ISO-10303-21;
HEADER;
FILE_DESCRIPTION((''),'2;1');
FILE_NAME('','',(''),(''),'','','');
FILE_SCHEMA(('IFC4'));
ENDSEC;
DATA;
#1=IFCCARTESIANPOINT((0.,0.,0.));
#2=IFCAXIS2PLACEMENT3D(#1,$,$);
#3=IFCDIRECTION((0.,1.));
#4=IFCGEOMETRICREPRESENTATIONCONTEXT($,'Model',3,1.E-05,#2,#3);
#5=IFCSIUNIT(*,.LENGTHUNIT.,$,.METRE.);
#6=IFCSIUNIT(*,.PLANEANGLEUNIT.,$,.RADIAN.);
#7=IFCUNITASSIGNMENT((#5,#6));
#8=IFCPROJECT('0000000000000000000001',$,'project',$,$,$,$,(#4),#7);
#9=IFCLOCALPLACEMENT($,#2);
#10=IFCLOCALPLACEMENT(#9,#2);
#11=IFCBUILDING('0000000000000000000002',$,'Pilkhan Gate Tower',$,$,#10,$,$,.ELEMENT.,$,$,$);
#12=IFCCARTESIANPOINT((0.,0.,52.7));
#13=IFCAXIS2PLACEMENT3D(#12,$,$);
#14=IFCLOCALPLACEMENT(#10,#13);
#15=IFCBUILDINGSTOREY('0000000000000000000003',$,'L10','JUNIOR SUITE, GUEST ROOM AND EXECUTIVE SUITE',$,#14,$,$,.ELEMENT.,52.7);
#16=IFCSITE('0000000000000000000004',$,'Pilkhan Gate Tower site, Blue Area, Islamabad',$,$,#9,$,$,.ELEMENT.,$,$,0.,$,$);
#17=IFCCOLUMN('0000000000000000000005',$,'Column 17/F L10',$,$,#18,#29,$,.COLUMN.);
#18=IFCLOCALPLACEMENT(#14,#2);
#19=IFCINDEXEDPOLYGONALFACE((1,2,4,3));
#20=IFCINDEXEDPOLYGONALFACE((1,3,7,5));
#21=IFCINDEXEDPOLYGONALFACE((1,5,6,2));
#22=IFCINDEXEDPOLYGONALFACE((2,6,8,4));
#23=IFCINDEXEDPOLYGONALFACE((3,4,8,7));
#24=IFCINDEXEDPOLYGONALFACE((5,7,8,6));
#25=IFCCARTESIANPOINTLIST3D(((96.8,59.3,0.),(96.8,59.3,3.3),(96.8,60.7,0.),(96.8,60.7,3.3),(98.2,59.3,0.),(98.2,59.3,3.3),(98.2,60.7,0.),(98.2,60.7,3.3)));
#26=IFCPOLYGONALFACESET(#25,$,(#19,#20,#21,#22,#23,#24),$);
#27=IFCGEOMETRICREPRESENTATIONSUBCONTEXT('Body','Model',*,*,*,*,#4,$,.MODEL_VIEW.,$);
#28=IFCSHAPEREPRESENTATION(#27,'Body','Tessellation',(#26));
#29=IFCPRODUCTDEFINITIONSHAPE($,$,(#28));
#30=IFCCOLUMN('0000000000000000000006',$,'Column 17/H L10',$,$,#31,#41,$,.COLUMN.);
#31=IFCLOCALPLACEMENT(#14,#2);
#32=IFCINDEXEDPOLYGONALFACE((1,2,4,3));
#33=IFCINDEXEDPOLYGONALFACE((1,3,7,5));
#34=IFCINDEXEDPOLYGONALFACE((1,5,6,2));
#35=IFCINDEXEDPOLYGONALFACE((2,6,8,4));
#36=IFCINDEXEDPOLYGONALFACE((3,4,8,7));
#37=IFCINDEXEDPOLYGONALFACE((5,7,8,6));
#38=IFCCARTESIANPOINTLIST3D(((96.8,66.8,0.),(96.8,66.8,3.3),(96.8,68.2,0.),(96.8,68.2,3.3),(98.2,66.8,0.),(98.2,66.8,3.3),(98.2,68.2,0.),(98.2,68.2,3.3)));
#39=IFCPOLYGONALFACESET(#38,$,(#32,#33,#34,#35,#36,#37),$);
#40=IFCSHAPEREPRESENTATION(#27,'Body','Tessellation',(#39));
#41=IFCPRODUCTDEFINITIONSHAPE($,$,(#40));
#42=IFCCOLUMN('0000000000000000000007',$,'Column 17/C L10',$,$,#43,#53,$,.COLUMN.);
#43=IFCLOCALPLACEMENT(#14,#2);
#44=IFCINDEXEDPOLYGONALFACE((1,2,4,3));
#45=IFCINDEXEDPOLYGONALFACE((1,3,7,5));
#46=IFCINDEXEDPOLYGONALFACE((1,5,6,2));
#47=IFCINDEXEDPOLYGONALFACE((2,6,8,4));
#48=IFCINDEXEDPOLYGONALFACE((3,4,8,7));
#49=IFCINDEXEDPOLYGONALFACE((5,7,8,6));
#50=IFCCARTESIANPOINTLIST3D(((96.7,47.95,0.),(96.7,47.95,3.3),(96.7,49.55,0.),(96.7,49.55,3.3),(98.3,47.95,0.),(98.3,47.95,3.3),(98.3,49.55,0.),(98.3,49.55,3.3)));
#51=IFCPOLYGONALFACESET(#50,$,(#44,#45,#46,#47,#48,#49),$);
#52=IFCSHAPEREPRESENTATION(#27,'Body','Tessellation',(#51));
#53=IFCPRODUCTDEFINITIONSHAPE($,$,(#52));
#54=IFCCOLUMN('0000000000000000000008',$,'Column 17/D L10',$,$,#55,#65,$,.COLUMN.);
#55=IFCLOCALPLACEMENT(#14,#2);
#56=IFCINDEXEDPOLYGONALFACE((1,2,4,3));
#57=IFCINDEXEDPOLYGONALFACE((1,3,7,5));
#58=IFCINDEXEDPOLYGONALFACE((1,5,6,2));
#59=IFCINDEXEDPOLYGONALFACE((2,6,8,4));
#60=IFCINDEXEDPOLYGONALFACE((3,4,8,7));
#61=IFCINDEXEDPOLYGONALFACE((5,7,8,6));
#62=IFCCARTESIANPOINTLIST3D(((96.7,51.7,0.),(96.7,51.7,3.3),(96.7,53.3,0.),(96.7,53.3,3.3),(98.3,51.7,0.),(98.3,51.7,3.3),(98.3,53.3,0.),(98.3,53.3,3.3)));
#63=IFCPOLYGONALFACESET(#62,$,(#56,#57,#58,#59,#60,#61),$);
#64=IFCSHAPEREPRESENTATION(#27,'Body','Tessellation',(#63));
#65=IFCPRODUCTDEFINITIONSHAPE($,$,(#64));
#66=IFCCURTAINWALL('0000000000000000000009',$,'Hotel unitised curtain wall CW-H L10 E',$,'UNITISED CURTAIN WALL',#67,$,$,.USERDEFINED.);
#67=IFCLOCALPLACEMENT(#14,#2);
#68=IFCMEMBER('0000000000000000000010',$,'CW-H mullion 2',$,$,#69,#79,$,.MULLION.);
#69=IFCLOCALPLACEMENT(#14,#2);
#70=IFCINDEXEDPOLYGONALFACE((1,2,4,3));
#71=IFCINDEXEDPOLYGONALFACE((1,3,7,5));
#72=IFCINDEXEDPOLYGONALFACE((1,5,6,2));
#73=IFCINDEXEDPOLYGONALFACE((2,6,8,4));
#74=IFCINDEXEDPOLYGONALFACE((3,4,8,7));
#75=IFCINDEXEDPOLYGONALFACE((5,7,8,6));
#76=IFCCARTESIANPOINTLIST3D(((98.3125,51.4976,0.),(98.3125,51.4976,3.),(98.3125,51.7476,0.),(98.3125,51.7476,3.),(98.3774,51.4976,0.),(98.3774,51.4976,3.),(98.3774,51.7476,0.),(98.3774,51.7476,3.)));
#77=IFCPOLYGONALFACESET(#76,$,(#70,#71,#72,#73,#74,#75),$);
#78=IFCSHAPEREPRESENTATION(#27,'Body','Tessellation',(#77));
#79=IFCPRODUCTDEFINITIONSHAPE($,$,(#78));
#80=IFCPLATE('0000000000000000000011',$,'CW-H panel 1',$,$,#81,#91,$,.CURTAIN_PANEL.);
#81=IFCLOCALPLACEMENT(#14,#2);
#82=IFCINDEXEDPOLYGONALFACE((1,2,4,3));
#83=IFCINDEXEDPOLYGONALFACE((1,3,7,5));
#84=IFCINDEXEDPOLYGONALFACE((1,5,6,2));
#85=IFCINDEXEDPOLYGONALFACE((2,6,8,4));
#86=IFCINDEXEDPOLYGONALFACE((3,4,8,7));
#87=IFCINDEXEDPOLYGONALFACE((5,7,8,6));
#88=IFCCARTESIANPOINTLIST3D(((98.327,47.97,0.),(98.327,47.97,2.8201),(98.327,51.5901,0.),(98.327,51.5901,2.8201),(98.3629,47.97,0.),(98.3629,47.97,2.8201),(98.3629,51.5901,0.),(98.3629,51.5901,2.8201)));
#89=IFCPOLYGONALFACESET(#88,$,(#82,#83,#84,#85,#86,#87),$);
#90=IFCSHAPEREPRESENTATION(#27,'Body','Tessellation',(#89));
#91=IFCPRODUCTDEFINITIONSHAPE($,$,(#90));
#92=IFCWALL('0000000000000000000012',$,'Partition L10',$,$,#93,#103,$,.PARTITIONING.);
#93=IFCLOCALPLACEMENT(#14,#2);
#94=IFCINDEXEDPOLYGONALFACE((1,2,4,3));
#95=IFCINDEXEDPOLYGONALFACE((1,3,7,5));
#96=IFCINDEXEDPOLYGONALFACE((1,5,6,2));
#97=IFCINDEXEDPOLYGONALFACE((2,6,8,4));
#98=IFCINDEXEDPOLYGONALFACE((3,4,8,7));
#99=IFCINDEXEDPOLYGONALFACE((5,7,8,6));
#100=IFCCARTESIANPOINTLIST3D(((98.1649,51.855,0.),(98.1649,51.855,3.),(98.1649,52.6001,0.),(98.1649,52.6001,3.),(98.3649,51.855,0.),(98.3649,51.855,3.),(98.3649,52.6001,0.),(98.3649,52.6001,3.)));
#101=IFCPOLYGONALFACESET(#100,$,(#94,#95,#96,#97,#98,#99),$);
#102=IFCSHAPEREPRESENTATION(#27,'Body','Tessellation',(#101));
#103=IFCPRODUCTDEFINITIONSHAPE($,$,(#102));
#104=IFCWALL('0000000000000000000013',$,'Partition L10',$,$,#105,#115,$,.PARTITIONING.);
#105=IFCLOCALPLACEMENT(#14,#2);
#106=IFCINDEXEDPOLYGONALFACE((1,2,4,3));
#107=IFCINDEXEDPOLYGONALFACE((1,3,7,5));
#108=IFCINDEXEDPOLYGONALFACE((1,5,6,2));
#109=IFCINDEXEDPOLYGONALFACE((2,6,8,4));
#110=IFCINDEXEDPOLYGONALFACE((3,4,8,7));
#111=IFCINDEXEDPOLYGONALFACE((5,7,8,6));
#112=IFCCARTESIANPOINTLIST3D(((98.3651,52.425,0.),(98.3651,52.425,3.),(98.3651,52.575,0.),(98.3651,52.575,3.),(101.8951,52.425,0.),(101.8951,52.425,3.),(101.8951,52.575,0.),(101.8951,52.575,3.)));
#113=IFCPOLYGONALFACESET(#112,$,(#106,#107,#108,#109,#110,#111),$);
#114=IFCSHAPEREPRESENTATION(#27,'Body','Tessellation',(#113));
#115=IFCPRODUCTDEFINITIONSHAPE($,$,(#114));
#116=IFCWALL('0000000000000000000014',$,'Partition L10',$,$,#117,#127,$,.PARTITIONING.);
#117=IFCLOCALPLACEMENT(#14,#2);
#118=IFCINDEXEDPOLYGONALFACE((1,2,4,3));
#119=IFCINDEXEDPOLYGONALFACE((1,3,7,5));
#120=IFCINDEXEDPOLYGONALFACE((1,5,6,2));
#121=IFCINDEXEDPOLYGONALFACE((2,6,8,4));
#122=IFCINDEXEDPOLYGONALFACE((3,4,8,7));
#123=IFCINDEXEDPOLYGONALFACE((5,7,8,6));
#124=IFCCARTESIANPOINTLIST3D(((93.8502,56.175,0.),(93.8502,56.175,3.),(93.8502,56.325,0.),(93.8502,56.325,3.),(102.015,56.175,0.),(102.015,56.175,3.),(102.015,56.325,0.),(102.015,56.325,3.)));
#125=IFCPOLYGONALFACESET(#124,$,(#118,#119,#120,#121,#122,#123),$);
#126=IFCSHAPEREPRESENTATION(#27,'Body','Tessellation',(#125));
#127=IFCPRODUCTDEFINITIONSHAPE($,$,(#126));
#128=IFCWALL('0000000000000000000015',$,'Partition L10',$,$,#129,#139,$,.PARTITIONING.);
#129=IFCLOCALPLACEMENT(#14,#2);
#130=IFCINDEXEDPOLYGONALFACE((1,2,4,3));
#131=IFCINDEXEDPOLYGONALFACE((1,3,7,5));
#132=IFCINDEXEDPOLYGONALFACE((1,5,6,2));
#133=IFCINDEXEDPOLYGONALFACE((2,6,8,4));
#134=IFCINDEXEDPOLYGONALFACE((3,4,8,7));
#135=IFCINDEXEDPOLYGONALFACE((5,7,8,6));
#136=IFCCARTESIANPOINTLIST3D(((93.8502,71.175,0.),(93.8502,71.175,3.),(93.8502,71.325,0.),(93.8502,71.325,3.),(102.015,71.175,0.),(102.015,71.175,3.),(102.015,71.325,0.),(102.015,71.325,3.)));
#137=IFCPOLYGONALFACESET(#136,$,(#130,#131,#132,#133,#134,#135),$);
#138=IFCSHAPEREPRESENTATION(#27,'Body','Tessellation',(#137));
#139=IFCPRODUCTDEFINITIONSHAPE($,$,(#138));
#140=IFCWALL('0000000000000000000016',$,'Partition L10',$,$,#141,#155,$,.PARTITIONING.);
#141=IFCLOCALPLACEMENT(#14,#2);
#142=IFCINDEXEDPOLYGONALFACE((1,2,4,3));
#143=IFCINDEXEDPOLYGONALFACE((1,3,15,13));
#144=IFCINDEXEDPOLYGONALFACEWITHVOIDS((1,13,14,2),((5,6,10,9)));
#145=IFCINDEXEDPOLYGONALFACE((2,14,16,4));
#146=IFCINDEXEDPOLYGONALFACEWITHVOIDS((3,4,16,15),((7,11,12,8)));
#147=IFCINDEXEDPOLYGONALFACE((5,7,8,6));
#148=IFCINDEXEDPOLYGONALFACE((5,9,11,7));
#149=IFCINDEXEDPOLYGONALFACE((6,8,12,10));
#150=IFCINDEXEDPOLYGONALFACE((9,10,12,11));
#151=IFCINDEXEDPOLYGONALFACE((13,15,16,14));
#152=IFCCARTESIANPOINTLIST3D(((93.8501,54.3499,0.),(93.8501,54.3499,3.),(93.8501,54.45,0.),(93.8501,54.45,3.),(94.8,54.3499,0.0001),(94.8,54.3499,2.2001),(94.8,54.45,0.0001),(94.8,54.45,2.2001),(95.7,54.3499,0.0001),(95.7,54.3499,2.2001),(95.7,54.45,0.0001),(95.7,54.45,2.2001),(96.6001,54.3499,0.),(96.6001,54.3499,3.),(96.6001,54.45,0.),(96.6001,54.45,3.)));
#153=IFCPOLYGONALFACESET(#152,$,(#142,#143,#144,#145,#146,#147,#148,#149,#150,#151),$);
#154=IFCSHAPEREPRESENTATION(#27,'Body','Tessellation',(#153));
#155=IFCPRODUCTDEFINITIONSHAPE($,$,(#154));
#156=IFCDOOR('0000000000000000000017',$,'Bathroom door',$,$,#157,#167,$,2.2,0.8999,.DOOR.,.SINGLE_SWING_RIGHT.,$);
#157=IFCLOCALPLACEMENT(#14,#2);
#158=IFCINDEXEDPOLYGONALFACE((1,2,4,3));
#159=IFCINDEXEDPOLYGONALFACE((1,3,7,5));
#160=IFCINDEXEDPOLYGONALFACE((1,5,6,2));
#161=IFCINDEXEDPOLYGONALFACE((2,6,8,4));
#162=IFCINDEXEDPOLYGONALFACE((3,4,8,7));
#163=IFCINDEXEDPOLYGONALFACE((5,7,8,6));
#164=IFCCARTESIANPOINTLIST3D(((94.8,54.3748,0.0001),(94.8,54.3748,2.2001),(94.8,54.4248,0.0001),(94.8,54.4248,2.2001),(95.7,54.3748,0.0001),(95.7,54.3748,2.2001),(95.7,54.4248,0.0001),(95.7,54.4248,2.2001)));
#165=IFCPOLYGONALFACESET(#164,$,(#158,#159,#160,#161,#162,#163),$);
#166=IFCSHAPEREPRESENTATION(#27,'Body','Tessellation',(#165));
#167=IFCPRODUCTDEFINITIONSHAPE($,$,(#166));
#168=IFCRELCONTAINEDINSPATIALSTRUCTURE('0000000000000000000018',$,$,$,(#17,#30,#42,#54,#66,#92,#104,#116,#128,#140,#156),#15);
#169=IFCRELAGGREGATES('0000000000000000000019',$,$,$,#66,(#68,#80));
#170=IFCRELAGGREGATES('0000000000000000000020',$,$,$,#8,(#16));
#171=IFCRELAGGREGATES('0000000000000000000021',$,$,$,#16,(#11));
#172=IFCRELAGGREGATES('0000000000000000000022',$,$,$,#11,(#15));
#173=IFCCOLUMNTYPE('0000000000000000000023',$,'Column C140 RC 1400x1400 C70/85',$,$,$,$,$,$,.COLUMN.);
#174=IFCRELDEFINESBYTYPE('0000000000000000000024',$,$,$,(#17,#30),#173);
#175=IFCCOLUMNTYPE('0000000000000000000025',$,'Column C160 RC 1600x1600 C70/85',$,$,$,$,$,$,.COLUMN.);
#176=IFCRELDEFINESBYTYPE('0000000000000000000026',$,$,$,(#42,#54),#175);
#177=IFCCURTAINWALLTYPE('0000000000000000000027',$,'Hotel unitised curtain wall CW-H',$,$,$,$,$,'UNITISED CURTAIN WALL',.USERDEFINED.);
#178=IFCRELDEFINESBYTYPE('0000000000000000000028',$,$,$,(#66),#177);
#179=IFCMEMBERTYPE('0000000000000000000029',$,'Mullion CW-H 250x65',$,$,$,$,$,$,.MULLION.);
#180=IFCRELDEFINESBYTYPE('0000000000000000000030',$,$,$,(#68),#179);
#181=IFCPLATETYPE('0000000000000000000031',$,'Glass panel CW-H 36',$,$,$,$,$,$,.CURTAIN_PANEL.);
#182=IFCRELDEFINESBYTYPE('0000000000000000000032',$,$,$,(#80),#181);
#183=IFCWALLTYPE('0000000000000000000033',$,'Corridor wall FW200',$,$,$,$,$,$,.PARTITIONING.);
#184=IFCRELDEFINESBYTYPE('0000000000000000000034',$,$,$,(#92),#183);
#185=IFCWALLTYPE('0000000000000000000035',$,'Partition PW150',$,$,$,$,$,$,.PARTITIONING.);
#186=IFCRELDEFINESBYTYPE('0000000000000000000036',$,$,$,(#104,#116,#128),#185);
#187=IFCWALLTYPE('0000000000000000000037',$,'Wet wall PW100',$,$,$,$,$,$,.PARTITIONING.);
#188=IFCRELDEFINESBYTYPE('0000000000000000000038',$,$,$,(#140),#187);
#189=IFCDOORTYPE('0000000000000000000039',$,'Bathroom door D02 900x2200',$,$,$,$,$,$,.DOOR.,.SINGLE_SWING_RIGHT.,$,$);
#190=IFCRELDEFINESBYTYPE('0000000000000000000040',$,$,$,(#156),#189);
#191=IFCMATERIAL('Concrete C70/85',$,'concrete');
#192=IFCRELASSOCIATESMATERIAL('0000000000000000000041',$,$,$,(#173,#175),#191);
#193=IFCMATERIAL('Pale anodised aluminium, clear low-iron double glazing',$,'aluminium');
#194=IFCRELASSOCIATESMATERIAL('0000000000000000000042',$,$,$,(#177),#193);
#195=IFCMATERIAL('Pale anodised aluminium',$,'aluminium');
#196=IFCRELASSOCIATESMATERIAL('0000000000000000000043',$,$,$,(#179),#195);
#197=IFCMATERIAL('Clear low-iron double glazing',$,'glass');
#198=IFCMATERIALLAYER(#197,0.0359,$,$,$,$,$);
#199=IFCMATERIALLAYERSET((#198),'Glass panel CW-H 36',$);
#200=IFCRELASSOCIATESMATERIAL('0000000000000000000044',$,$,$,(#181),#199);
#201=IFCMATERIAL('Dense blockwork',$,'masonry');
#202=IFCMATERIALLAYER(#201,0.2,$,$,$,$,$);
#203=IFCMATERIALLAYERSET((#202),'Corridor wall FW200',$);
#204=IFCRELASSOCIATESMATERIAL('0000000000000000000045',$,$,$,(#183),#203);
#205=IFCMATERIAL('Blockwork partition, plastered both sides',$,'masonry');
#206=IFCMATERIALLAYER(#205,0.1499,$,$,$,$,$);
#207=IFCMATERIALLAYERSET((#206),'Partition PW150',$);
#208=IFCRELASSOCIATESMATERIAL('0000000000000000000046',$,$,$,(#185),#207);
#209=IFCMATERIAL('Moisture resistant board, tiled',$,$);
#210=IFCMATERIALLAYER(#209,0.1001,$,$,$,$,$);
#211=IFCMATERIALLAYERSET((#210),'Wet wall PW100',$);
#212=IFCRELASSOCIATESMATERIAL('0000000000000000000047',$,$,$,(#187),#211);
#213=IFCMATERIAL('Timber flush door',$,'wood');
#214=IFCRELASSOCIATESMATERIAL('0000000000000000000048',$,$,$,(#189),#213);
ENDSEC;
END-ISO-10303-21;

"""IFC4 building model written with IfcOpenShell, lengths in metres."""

from ifc_helpers import new_model, si_unit, direction, frame, frame_2d, origin, origin_2d, place, context, subcontext, project, spatial, rectangle, extrude, material, layer, layer_set, material_profile, profile_set, type_object, element, fill, aggregate, save


model = new_model("IFC4")

# Units and contexts
model_context = context("Model", 3, precision=1e-05, world=origin(), true_north=direction((0.0, 1.0)))
body_context = subcontext(model_context, "Body", "Model", "MODEL_VIEW")
ifc_project = project(units=[si_unit("LENGTHUNIT", "METRE"), si_unit("PLANEANGLEUNIT", "RADIAN")], contexts=[model_context])

# Site, building, storey
site_placement = place(None, origin())
site = spatial("IfcSite", under=ifc_project, at=site_placement, Name="Pilkhan Gate Tower site, Blue Area, Islamabad", CompositionType="ELEMENT", RefElevation=0.0)
building_placement = place(site_placement, origin())
building = spatial("IfcBuilding", under=site, at=building_placement, Name="Pilkhan Gate Tower", CompositionType="ELEMENT")
storey_placement = place(building_placement, frame((0.0, 0.0, 52.7)))
storey = spatial("IfcBuildingStorey", under=building, at=storey_placement, Name="L10", Description="JUNIOR SUITE, GUEST ROOM AND EXECUTIVE SUITE", CompositionType="ELEMENT", Elevation=52.7)

# Columns
ifc_material_1 = material(Name="Concrete C70/85", Category="concrete")
ifc_material_profile_1 = material_profile(ifc_material_1, rectangle(XDim=1.3999, YDim=1.3999, at=origin_2d()), Name="RC 1400x1400")
ifc_profile_set_1 = profile_set([ifc_material_profile_1], Name="Concrete C70/85")
column_type_1 = type_object("IfcColumnType", Name="Column C140 RC 1400x1400 C70/85", PredefinedType="COLUMN", material=ifc_profile_set_1)
for number, where, z_axis, x_axis, name in (
    (1, (97.5, 60.0, 0.0), (0.0, 0.0, 1.0), (1.0, 0.0, 0.0), "Column 17/F L10"),
    (2, (97.5, 67.5, 0.0), (0.0, 0.0, 1.0), (1.0, 0.0, 0.0), "Column 17/H L10"),
):
    element("IfcColumn", number, at=place(storey_placement, frame(where, z_axis=z_axis, x_axis=x_axis)), inside=storey, type_object=column_type_1, Name=name, PredefinedType="COLUMN", context=body_context, shape_type="SweptSolid", body=[
        extrude(rectangle(XDim=1.3999, YDim=1.3999, at=origin_2d()), origin(), (0.0, 0.0, 1.0), 3.3),
    ])
ifc_material_profile_2 = material_profile(ifc_material_1, rectangle(XDim=1.6001, YDim=1.6001, at=origin_2d()), Name="RC 1600x1600")
ifc_profile_set_2 = profile_set([ifc_material_profile_2], Name="Concrete C70/85")
column_type_2 = type_object("IfcColumnType", Name="Column C160 RC 1600x1600 C70/85", PredefinedType="COLUMN", material=ifc_profile_set_2)
for number, where, z_axis, x_axis, name in (
    (3, (97.5, 48.75, 0.0), (0.0, 0.0, 1.0), (1.0, 0.0, 0.0), "Column 17/C L10"),
    (4, (97.5, 52.5, 0.0), (0.0, 0.0, 1.0), (1.0, 0.0, 0.0), "Column 17/D L10"),
):
    element("IfcColumn", number, at=place(storey_placement, frame(where, z_axis=z_axis, x_axis=x_axis)), inside=storey, type_object=column_type_2, Name=name, PredefinedType="COLUMN", context=body_context, shape_type="SweptSolid", body=[
        extrude(rectangle(XDim=1.6001, YDim=1.6001, at=origin_2d()), origin(), (0.0, 0.0, 1.0), 3.3),
    ])

# Curtain wall, member, plate
ifc_material_2 = material(Name="Pale anodised aluminium, clear low-iron double glazing", Category="aluminium")
curtain_wall_type = type_object("IfcCurtainWallType", Name="Hotel unitised curtain wall CW-H", ElementType="UNITISED CURTAIN WALL", PredefinedType="USERDEFINED", material=ifc_material_2)
curtain_wall_placement = place(storey_placement, origin())
curtain_wall = element("IfcCurtainWall", 5, at=curtain_wall_placement, inside=storey, type_object=curtain_wall_type, Name="Hotel unitised curtain wall CW-H L10 E", ObjectType="UNITISED CURTAIN WALL", PredefinedType="USERDEFINED")
ifc_material_3 = material(Name="Pale anodised aluminium", Category="aluminium")
ifc_material_profile_3 = material_profile(ifc_material_3, rectangle(XDim=0.0649, YDim=0.25, at=origin_2d()), Name="Mullion 250x65")
ifc_profile_set_3 = profile_set([ifc_material_profile_3], Name="Pale anodised aluminium")
member_type = type_object("IfcMemberType", Name="Mullion CW-H 250x65", PredefinedType="MULLION", material=ifc_profile_set_3)
member_placement = place(storey_placement, frame((98.345, 51.6226, 0.0), z_axis=(0.0, 0.0, 1.0), x_axis=(-1.0, 0.0, 0.0)))
member = element("IfcMember", 6, at=member_placement, type_object=member_type, Name="CW-H mullion 2", PredefinedType="MULLION", context=body_context, shape_type="SweptSolid", body=[
    extrude(rectangle(XDim=0.0649, YDim=0.25, at=origin_2d()), origin(), (0.0, 0.0, 1.0), 3.0),
])
ifc_material_4 = material(Name="Clear low-iron double glazing", Category="glass")
ifc_layer_1 = layer(ifc_material_4, 0.0359)
ifc_layer_set_1 = layer_set([ifc_layer_1], Name="Glass panel CW-H 36")
plate_type = type_object("IfcPlateType", Name="Glass panel CW-H 36", PredefinedType="CURTAIN_PANEL", material=ifc_layer_set_1)
plate_placement = place(storey_placement, frame((98.345, 49.78, 0.0), z_axis=(0.0, 0.0, 1.0), x_axis=(0.0, 1.0, 0.0)))
plate = element("IfcPlate", 7, at=plate_placement, type_object=plate_type, Name="CW-H panel 1", PredefinedType="CURTAIN_PANEL", context=body_context, shape_type="SweptSolid", body=[
    extrude(rectangle(XDim=3.6201, YDim=0.0359, at=origin_2d()), origin(), (0.0, 0.0, 1.0), 2.8201),
])
aggregate(curtain_wall, [member, plate])

# Walls
ifc_material_5 = material(Name="Dense blockwork", Category="masonry")
ifc_layer_2 = layer(ifc_material_5, 0.2)
ifc_layer_set_2 = layer_set([ifc_layer_2], Name="Corridor wall FW200")
wall_type_1 = type_object("IfcWallType", Name="Corridor wall FW200", PredefinedType="PARTITIONING", material=ifc_layer_set_2)
wall_1_placement = place(storey_placement, frame((98.2649, 51.855, 0.0), z_axis=(0.0, 0.0, 1.0), x_axis=(0.0, 1.0, 0.0)))
element("IfcWall", 8, at=wall_1_placement, inside=storey, type_object=wall_type_1, Name="Partition L10", PredefinedType="PARTITIONING", context=body_context, shape_type="SweptSolid", body=[
    extrude(rectangle(XDim=0.7451, YDim=0.2, at=frame_2d((0.3726, 0.0))), origin(), (0.0, 0.0, 1.0), 3.0),
])
ifc_material_6 = material(Name="Blockwork partition, plastered both sides", Category="masonry")
ifc_layer_3 = layer(ifc_material_6, 0.1499)
ifc_layer_set_3 = layer_set([ifc_layer_3], Name="Partition PW150")
wall_type_2 = type_object("IfcWallType", Name="Partition PW150", PredefinedType="PARTITIONING", material=ifc_layer_set_3)
wall_2_placement = place(storey_placement, frame((98.365, 52.5, 0.0), z_axis=(0.0, 0.0, 1.0), x_axis=(1.0, 0.0, 0.0)))
element("IfcWall", 9, at=wall_2_placement, inside=storey, type_object=wall_type_2, Name="Partition L10", PredefinedType="PARTITIONING", context=body_context, shape_type="SweptSolid", body=[
    extrude(rectangle(XDim=3.53, YDim=0.1499, at=frame_2d((1.7651, 0.0))), origin(), (0.0, 0.0, 1.0), 3.0),
])
for number, where, z_axis, x_axis, name in (
    (10, (93.8501, 56.25, 0.0), (0.0, 0.0, 1.0), (1.0, 0.0, 0.0), "Partition L10"),
    (11, (93.8501, 71.25, 0.0), (0.0, 0.0, 1.0), (1.0, 0.0, 0.0), "Partition L10"),
):
    element("IfcWall", number, at=place(storey_placement, frame(where, z_axis=z_axis, x_axis=x_axis)), inside=storey, type_object=wall_type_2, Name=name, PredefinedType="PARTITIONING", context=body_context, shape_type="SweptSolid", body=[
        extrude(rectangle(XDim=8.1648, YDim=0.1499, at=frame_2d((4.0825, 0.0))), origin(), (0.0, 0.0, 1.0), 3.0),
    ])

# Wall, opening, door
ifc_material_7 = material(Name="Moisture resistant board, tiled")
ifc_layer_4 = layer(ifc_material_7, 0.1001)
ifc_layer_set_4 = layer_set([ifc_layer_4], Name="Wet wall PW100")
wall_type_3 = type_object("IfcWallType", Name="Wet wall PW100", PredefinedType="PARTITIONING", material=ifc_layer_set_4)
wall_3_placement = place(storey_placement, frame((93.8501, 54.3999, 0.0), z_axis=(0.0, 0.0, 1.0), x_axis=(1.0, 0.0, 0.0)))
wall_3 = element("IfcWall", 12, at=wall_3_placement, inside=storey, type_object=wall_type_3, Name="Partition L10", PredefinedType="PARTITIONING", context=body_context, shape_type="SweptSolid", body=[
    extrude(rectangle(XDim=2.75, YDim=0.1001, at=frame_2d((1.375, 0.0))), origin(), (0.0, 0.0, 1.0), 3.0),
])
opening_1_placement = place(wall_3_placement, frame((0.95, 0.0, 0.0)))
opening_1 = element("IfcOpeningElement", 13, at=opening_1_placement, cuts=wall_3, PredefinedType="OPENING", context=body_context, shape_type="SweptSolid", body=[
    extrude(rectangle(XDim=0.8999, YDim=2.2, at=frame_2d((0.45, 1.1001))), frame((0.0, 0.0601, 0.0), z_axis=(0.0, -1.0, 0.0), x_axis=(1.0, 0.0, 0.0)), (0.0, 0.0, 1.0), 0.1201),
])
ifc_material_8 = material(Name="Timber flush door", Category="wood")
door_type = type_object("IfcDoorType", Name="Bathroom door D02 900x2200", OperationType="SINGLE_SWING_RIGHT", PredefinedType="DOOR", material=ifc_material_8)
door_1_placement = place(opening_1_placement, origin())
door_1 = element("IfcDoor", 14, at=door_1_placement, inside=storey, type_object=door_type, Name="Bathroom door", OperationType="SINGLE_SWING_RIGHT", OverallHeight=2.2, OverallWidth=0.8999, PredefinedType="DOOR", context=body_context, shape_type="SweptSolid", body=[
    extrude(rectangle(XDim=0.8999, YDim=2.2, at=frame_2d((0.45, 1.1001))), frame((0.0, 0.0249, 0.0), z_axis=(0.0, -1.0, 0.0), x_axis=(1.0, 0.0, 0.0)), (0.0, 0.0, 1.0), 0.05),
])
fill(opening_1, door_1)

save(model, "model.ifc")
